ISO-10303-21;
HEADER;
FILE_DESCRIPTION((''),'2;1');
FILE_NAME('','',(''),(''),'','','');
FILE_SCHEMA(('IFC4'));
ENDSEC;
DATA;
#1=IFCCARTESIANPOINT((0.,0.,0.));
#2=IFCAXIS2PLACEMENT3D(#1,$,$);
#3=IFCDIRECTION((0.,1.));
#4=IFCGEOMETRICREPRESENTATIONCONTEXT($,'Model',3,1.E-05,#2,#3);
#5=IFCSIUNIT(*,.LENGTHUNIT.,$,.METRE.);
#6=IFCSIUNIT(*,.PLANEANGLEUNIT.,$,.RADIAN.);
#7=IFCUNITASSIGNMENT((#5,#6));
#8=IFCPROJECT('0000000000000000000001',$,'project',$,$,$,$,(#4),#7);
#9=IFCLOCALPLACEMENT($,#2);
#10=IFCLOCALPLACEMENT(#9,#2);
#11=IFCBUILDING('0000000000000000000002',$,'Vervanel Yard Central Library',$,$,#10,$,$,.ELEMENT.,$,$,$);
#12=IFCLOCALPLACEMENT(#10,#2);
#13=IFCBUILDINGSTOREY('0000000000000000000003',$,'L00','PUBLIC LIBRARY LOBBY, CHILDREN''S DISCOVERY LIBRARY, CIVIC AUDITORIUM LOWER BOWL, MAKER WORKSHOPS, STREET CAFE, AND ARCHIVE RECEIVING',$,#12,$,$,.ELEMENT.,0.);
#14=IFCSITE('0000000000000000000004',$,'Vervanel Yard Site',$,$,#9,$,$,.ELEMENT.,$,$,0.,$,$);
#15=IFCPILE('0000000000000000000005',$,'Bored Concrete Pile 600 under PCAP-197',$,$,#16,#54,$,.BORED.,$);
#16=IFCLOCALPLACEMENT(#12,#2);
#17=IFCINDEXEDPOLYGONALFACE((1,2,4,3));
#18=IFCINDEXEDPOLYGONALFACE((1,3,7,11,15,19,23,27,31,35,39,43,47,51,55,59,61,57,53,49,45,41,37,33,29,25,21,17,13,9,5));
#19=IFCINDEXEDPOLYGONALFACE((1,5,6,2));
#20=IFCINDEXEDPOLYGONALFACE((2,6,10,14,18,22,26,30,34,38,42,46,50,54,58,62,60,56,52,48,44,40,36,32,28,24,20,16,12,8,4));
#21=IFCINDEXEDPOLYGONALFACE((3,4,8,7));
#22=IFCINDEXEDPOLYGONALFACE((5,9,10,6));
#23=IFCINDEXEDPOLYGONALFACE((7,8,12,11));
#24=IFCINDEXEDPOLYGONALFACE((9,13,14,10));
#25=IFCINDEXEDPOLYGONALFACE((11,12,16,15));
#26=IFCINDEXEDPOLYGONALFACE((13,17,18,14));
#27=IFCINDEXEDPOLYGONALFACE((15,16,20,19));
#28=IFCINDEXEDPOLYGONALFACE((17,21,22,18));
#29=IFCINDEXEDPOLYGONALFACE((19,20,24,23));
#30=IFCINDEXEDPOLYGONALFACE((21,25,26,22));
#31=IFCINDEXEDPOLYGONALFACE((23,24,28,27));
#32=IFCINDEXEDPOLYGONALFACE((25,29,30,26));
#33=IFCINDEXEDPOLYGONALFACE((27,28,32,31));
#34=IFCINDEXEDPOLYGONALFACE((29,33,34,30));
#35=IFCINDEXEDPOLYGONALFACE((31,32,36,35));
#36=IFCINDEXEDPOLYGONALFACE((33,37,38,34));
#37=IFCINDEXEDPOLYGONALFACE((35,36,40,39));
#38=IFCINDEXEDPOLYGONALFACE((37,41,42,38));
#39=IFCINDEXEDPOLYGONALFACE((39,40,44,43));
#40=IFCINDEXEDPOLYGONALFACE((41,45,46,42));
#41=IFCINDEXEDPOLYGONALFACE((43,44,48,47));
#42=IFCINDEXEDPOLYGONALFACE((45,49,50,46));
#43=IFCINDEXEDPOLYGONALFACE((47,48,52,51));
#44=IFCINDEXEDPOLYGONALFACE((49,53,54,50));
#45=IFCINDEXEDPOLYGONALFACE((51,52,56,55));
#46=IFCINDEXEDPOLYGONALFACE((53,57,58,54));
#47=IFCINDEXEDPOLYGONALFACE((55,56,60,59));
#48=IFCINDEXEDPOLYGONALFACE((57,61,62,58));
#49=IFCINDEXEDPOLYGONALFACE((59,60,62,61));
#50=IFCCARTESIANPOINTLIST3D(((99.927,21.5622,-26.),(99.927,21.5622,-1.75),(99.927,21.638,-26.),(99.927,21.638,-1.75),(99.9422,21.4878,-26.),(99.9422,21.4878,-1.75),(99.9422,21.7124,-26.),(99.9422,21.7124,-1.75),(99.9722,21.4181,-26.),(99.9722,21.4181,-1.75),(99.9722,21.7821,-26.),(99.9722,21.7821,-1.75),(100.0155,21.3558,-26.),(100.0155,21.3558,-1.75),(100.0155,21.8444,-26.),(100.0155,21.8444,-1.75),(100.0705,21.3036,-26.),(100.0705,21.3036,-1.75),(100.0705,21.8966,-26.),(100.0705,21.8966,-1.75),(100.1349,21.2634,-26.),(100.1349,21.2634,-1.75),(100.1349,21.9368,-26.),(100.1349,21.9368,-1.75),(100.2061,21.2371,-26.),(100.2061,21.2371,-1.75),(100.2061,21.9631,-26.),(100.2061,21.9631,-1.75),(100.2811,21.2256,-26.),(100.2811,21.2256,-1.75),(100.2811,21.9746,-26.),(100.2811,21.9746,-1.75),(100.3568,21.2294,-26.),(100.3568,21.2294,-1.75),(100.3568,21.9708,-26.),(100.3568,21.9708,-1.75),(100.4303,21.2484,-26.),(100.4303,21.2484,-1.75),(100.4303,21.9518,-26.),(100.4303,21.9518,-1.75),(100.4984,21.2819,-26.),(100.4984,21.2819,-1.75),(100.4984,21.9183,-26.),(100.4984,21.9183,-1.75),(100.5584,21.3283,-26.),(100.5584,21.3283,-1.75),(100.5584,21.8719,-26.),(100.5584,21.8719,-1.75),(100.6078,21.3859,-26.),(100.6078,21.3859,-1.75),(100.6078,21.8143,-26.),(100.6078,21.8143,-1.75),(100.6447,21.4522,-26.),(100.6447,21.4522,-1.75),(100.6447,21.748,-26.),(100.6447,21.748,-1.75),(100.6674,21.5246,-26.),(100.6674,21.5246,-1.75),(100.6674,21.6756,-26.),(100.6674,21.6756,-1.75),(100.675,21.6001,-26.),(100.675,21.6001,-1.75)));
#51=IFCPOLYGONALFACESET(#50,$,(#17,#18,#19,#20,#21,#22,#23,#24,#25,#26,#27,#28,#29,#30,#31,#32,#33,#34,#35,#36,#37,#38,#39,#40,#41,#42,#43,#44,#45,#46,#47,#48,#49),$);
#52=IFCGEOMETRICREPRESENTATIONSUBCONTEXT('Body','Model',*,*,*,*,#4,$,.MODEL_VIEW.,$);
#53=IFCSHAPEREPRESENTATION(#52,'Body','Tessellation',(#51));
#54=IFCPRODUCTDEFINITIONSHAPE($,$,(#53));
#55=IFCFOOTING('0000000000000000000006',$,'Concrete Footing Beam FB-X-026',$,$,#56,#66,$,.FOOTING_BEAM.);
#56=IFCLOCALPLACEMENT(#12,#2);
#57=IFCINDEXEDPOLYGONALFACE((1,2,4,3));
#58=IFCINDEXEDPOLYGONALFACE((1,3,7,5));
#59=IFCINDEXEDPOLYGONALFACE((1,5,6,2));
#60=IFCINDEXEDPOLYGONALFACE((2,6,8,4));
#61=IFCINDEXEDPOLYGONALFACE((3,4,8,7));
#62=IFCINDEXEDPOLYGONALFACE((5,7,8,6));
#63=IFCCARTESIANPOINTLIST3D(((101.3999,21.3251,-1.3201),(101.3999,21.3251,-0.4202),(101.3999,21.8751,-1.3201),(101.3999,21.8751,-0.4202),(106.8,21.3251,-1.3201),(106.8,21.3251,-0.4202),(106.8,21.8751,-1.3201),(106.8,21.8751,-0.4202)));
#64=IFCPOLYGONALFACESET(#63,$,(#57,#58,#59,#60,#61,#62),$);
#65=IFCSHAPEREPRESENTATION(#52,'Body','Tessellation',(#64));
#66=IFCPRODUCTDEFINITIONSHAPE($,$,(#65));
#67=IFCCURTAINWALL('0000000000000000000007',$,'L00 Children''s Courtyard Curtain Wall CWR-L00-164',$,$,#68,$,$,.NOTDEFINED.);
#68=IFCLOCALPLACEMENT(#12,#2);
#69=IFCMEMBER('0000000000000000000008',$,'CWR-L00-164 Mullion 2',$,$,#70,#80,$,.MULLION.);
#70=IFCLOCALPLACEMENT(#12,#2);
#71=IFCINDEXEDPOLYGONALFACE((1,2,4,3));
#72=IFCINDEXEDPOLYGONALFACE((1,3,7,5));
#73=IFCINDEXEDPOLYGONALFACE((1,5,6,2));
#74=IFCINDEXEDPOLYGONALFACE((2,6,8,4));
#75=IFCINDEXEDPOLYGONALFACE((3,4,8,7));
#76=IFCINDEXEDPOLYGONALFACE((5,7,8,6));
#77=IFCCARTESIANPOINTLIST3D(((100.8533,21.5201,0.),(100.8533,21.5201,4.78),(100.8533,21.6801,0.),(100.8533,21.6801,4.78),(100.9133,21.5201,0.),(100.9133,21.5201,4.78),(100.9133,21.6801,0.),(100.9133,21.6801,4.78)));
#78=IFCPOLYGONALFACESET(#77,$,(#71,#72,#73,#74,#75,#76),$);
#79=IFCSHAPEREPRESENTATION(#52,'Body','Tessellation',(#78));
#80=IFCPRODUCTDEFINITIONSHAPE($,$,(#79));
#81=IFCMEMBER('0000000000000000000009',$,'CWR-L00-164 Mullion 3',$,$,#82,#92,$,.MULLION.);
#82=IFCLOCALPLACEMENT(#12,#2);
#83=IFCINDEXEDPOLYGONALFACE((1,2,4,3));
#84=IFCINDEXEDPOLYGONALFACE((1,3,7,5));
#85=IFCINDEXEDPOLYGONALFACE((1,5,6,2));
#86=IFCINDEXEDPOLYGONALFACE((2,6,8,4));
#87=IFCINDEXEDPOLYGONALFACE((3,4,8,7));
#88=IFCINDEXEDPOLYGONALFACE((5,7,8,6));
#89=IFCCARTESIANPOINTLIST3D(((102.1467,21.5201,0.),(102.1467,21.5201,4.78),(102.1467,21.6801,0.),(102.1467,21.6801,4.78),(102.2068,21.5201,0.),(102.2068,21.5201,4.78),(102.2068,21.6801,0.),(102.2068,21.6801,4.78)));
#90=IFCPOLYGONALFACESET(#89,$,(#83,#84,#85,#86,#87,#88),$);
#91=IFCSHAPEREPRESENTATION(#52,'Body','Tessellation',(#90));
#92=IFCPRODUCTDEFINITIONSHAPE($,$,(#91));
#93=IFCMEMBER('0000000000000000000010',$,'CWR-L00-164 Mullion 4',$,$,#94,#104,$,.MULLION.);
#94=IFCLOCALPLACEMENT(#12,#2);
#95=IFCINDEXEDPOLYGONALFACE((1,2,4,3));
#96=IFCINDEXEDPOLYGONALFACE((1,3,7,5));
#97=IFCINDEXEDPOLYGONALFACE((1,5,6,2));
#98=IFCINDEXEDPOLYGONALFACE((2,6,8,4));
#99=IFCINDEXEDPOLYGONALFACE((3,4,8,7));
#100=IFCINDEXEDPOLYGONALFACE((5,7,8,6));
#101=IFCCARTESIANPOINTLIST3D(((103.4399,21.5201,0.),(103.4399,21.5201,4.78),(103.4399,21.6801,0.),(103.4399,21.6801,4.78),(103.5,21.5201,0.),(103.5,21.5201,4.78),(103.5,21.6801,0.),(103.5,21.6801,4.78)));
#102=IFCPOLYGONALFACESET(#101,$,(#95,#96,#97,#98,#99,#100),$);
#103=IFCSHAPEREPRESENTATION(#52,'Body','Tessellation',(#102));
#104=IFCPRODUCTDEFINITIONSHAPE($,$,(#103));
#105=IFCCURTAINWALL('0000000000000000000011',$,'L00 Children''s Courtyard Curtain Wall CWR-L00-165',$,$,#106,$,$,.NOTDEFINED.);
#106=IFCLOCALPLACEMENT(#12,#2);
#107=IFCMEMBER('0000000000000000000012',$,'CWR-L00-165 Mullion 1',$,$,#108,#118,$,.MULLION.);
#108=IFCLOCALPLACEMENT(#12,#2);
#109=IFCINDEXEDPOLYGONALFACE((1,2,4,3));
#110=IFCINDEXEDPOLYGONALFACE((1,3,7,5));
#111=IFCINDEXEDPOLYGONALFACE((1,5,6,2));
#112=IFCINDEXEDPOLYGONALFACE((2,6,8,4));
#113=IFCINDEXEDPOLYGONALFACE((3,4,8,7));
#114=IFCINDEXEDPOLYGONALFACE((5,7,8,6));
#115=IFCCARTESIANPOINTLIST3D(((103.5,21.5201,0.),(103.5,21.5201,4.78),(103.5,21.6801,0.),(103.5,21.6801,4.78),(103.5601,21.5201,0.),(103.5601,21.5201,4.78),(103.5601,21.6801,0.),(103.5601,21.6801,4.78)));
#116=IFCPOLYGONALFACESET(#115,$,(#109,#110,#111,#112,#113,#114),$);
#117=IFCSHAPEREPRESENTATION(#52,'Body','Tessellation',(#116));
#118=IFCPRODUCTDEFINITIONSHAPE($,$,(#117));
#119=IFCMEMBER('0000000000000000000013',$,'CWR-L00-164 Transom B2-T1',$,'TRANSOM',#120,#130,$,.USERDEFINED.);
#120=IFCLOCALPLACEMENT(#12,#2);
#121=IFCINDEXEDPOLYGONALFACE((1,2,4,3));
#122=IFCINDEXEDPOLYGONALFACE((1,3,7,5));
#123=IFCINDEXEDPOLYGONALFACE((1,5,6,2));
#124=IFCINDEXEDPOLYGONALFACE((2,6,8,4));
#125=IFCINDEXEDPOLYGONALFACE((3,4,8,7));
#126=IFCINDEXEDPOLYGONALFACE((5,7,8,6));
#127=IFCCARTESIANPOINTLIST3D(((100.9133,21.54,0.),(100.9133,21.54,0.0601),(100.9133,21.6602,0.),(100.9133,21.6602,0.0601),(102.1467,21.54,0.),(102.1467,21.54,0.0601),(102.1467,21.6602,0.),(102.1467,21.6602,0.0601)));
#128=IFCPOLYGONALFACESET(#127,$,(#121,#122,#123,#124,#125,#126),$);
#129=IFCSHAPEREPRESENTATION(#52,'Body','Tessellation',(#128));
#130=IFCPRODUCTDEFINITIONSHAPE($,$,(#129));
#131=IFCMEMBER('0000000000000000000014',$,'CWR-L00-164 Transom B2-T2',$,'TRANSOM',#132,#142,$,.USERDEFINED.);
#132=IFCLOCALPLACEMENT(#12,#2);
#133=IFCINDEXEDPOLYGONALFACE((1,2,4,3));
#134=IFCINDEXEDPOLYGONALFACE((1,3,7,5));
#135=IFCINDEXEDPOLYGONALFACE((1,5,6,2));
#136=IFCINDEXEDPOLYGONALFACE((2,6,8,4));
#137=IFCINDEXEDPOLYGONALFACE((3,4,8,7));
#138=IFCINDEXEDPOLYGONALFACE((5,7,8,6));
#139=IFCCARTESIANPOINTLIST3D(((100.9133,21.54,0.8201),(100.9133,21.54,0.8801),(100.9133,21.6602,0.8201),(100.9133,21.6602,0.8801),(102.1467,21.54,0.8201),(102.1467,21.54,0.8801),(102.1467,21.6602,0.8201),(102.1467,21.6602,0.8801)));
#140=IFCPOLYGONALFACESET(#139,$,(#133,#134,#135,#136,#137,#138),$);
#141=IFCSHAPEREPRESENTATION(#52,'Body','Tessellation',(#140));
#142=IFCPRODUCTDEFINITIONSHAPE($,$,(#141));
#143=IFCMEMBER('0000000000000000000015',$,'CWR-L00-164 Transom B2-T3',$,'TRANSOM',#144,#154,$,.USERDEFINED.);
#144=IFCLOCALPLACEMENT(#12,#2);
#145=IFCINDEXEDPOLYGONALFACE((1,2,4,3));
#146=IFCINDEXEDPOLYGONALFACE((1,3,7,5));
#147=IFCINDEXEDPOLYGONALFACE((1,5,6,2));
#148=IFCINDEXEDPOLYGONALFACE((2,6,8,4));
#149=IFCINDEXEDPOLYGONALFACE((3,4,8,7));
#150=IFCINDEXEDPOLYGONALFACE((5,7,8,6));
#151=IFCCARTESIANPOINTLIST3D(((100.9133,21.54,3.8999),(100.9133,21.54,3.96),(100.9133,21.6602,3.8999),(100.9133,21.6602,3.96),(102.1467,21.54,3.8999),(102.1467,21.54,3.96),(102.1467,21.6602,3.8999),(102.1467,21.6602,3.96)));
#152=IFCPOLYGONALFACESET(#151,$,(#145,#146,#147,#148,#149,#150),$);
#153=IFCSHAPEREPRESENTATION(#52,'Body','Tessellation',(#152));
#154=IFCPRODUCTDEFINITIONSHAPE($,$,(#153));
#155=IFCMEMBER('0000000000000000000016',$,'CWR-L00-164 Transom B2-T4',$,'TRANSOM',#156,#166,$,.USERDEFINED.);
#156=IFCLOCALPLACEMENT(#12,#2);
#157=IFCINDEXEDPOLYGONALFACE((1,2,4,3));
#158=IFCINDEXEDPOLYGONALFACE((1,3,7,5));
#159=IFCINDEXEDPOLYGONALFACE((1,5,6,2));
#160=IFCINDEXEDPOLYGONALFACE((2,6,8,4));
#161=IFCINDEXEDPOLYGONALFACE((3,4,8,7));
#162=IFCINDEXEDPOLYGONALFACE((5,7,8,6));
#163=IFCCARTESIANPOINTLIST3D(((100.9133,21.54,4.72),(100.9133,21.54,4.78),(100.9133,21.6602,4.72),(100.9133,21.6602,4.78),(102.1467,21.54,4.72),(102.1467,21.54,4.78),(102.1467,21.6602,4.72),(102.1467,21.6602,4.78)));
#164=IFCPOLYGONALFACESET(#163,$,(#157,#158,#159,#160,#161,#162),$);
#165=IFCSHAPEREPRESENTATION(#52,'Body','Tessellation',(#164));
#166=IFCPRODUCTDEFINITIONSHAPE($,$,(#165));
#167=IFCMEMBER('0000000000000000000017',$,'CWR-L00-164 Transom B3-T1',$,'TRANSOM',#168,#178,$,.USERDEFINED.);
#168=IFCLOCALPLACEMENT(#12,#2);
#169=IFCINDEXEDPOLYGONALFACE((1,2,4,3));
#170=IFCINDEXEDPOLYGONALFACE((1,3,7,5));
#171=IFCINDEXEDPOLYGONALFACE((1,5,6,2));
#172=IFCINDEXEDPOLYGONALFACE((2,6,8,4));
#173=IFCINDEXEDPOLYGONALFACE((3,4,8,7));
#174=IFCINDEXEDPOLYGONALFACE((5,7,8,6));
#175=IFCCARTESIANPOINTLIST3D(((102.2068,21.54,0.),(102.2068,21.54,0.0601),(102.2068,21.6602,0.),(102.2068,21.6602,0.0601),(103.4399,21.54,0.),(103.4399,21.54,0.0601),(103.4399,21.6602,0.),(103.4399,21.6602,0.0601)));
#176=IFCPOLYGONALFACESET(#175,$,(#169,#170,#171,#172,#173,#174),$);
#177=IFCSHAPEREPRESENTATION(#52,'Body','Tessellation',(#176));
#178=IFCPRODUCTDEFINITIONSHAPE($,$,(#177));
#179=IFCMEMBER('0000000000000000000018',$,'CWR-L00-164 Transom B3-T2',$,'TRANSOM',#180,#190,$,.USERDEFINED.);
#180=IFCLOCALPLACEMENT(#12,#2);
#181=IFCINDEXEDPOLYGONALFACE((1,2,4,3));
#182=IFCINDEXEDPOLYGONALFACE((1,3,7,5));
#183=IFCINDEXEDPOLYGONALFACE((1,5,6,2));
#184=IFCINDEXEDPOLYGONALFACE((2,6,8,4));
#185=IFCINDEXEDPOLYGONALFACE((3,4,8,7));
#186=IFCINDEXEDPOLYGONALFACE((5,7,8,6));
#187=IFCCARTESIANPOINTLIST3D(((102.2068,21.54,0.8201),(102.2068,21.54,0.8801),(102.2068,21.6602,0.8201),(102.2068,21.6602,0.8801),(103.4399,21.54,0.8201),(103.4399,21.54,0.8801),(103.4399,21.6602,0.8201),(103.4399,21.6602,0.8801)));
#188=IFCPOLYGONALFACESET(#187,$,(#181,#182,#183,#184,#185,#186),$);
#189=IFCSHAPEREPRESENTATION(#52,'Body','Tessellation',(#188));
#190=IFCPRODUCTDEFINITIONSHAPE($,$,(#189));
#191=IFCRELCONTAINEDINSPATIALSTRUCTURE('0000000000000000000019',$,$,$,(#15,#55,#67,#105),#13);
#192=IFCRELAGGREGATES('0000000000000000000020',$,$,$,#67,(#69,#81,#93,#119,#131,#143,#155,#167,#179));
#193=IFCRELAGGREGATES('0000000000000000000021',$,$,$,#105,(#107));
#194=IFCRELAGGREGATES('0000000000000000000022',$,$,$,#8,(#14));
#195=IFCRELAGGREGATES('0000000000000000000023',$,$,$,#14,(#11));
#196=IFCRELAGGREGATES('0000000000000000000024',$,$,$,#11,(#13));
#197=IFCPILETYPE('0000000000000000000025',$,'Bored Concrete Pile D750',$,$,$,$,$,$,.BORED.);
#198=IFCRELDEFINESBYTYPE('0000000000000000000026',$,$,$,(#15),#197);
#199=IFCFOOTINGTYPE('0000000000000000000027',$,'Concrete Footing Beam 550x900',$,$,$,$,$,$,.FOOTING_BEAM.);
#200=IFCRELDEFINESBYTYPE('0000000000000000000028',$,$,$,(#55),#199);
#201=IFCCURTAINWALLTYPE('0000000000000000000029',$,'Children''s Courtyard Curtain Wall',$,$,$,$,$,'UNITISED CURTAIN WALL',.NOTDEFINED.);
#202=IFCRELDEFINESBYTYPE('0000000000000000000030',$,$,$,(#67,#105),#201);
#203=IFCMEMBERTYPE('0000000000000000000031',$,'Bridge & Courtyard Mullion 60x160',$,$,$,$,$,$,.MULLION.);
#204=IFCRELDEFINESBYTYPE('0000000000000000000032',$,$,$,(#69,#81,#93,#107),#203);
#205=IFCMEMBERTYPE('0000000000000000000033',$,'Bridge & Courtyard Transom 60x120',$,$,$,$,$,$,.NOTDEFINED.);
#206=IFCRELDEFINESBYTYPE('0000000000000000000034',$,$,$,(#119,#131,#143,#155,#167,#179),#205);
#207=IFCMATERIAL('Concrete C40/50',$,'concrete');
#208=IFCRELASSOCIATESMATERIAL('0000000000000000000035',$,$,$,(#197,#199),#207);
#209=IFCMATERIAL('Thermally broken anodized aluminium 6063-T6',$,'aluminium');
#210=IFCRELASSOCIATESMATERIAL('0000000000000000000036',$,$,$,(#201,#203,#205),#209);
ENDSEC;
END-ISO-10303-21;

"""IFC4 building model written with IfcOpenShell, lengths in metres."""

from ifc_helpers import new_model, si_unit, direction, frame, origin, origin_2d, place, context, subcontext, project, spatial, rectangle, circle, extrude, material, material_profile, profile_set, type_object, element, aggregate, save


model = new_model("IFC4")

# Units and contexts
model_context = context("Model", 3, precision=1e-05, world=origin(), true_north=direction((0.0, 1.0)))
body_context = subcontext(model_context, "Body", "Model", "MODEL_VIEW")
ifc_project = project(units=[si_unit("LENGTHUNIT", "METRE"), si_unit("PLANEANGLEUNIT", "RADIAN")], contexts=[model_context])

# Site, building, storey
site_placement = place(None, origin())
site = spatial("IfcSite", under=ifc_project, at=site_placement, Name="Vervanel Yard Site", CompositionType="ELEMENT", RefElevation=0.0)
building_placement = place(site_placement, origin())
building = spatial("IfcBuilding", under=site, at=building_placement, Name="Vervanel Yard Central Library", CompositionType="ELEMENT")
storey_placement = place(building_placement, origin())
storey = spatial("IfcBuildingStorey", under=building, at=storey_placement, Name="L00", Description="PUBLIC LIBRARY LOBBY, CHILDREN'S DISCOVERY LIBRARY, CIVIC AUDITORIUM LOWER BOWL, MAKER WORKSHOPS, STREET CAFE, AND ARCHIVE RECEIVING", CompositionType="ELEMENT", Elevation=0.0)

# Pile
ifc_material_1 = material(Name="Concrete C40/50", Category="concrete")
ifc_material_profile_1 = material_profile(ifc_material_1, circle(Radius=0.375, at=origin_2d()), Name="BP D750", Category="concrete")
ifc_profile_set_1 = profile_set([ifc_material_profile_1], Name="Concrete C40/50")
pile_type = type_object("IfcPileType", Name="Bored Concrete Pile D750", PredefinedType="BORED", material=ifc_profile_set_1)
pile_placement = place(storey_placement, frame((100.3, 21.6001, -1.75), z_axis=(0.0, 0.0, -1.0), x_axis=(1.0, 0.0, 0.0)))
element("IfcPile", 1, at=pile_placement, inside=storey, type_object=pile_type, Name="Bored Concrete Pile 600 under PCAP-197", PredefinedType="BORED", context=body_context, shape_type="SweptSolid", body=[
    extrude(circle(Radius=0.375, at=origin_2d()), origin(), (0.0, 0.0, 1.0), 24.25),
])

# Footing
ifc_material_profile_2 = material_profile(ifc_material_1, rectangle(XDim=0.55, YDim=0.8999, at=origin_2d()), Name="RC 550x900", Category="concrete")
ifc_profile_set_2 = profile_set([ifc_material_profile_2], Name="Concrete C40/50")
footing_type = type_object("IfcFootingType", Name="Concrete Footing Beam 550x900", PredefinedType="FOOTING_BEAM", material=ifc_profile_set_2)
footing_placement = place(storey_placement, frame((101.3999, 21.6001, -0.8701), z_axis=(1.0, 0.0, 0.0), x_axis=(0.0, 1.0, 0.0)))
element("IfcFooting", 2, at=footing_placement, inside=storey, type_object=footing_type, Name="Concrete Footing Beam FB-X-026", PredefinedType="FOOTING_BEAM", context=body_context, shape_type="SweptSolid", body=[
    extrude(rectangle(XDim=0.55, YDim=0.8999, at=origin_2d()), origin(), (0.0, 0.0, 1.0), 5.4001),
])

# Curtain wall, members
ifc_material_2 = material(Name="Thermally broken anodized aluminium 6063-T6", Category="aluminium")
curtain_wall_type = type_object("IfcCurtainWallType", Name="Children's Courtyard Curtain Wall", ElementType="UNITISED CURTAIN WALL", PredefinedType="NOTDEFINED", material=ifc_material_2)
curtain_wall_1_placement = place(storey_placement, origin())
curtain_wall_1 = element("IfcCurtainWall", 3, at=curtain_wall_1_placement, inside=storey, type_object=curtain_wall_type, Name="L00 Children's Courtyard Curtain Wall CWR-L00-164", PredefinedType="NOTDEFINED")
ifc_material_profile_3 = material_profile(ifc_material_2, rectangle(XDim=0.0601, YDim=0.1599, at=origin_2d()), Name="ALU 60x160", Category="aluminium")
ifc_profile_set_3 = profile_set([ifc_material_profile_3], Name="Thermally broken anodized aluminium 6063-T6")
member_type_1 = type_object("IfcMemberType", Name="Bridge & Courtyard Mullion 60x160", PredefinedType="MULLION", material=ifc_profile_set_3)
member_1_placement = place(storey_placement, frame((100.8833, 21.6001, 0.0), z_axis=(0.0, 0.0, 1.0), x_axis=(1.0, 0.0, 0.0)))
member_1 = element("IfcMember", 4, at=member_1_placement, type_object=member_type_1, Name="CWR-L00-164 Mullion 2", PredefinedType="MULLION", context=body_context, shape_type="SweptSolid", body=[
    extrude(rectangle(XDim=0.0601, YDim=0.1599, at=origin_2d()), origin(), (0.0, 0.0, 1.0), 4.78),
])
member_2_placement = place(storey_placement, frame((102.1768, 21.6001, 0.0), z_axis=(0.0, 0.0, 1.0), x_axis=(1.0, 0.0, 0.0)))
member_2 = element("IfcMember", 5, at=member_2_placement, type_object=member_type_1, Name="CWR-L00-164 Mullion 3", PredefinedType="MULLION", context=body_context, shape_type="SweptSolid", body=[
    extrude(rectangle(XDim=0.0601, YDim=0.1599, at=origin_2d()), origin(), (0.0, 0.0, 1.0), 4.78),
])
member_3_placement = place(storey_placement, frame((103.47, 21.6001, 0.0), z_axis=(0.0, 0.0, 1.0), x_axis=(1.0, 0.0, 0.0)))
member_3 = element("IfcMember", 6, at=member_3_placement, type_object=member_type_1, Name="CWR-L00-164 Mullion 4", PredefinedType="MULLION", context=body_context, shape_type="SweptSolid", body=[
    extrude(rectangle(XDim=0.0601, YDim=0.1599, at=origin_2d()), origin(), (0.0, 0.0, 1.0), 4.78),
])

# Curtain wall, member
curtain_wall_2_placement = place(storey_placement, origin())
curtain_wall_2 = element("IfcCurtainWall", 7, at=curtain_wall_2_placement, inside=storey, type_object=curtain_wall_type, Name="L00 Children's Courtyard Curtain Wall CWR-L00-165", PredefinedType="NOTDEFINED")
member_4_placement = place(storey_placement, frame((103.53, 21.6001, 0.0), z_axis=(0.0, 0.0, 1.0), x_axis=(1.0, 0.0, 0.0)))
member_4 = element("IfcMember", 8, at=member_4_placement, type_object=member_type_1, Name="CWR-L00-165 Mullion 1", PredefinedType="MULLION", context=body_context, shape_type="SweptSolid", body=[
    extrude(rectangle(XDim=0.0601, YDim=0.1599, at=origin_2d()), origin(), (0.0, 0.0, 1.0), 4.78),
])

# Members
ifc_material_profile_4 = material_profile(ifc_material_2, rectangle(XDim=0.0601, YDim=0.1201, at=origin_2d()), Name="ALU 60x120", Category="aluminium")
ifc_profile_set_4 = profile_set([ifc_material_profile_4], Name="Thermally broken anodized aluminium 6063-T6")
member_type_2 = type_object("IfcMemberType", Name="Bridge & Courtyard Transom 60x120", PredefinedType="NOTDEFINED", material=ifc_profile_set_4)
member_5_placement = place(storey_placement, frame((100.9133, 21.6001, 0.03), z_axis=(1.0, 0.0, 0.0), x_axis=(0.0, 0.0, 1.0)))
member_5 = element("IfcMember", 9, at=member_5_placement, type_object=member_type_2, Name="CWR-L00-164 Transom B2-T1", ObjectType="TRANSOM", PredefinedType="USERDEFINED", context=body_context, shape_type="SweptSolid", body=[
    extrude(rectangle(XDim=0.0601, YDim=0.1201, at=origin_2d()), origin(), (0.0, 0.0, 1.0), 1.2334),
])
member_6_placement = place(storey_placement, frame((100.9133, 21.6001, 0.8501), z_axis=(1.0, 0.0, 0.0), x_axis=(0.0, 0.0, 1.0)))
member_6 = element("IfcMember", 10, at=member_6_placement, type_object=member_type_2, Name="CWR-L00-164 Transom B2-T2", ObjectType="TRANSOM", PredefinedType="USERDEFINED", context=body_context, shape_type="SweptSolid", body=[
    extrude(rectangle(XDim=0.0601, YDim=0.1201, at=origin_2d()), origin(), (0.0, 0.0, 1.0), 1.2334),
])
member_7_placement = place(storey_placement, frame((100.9133, 21.6001, 3.9299), z_axis=(1.0, 0.0, 0.0), x_axis=(0.0, 0.0, 1.0)))
member_7 = element("IfcMember", 11, at=member_7_placement, type_object=member_type_2, Name="CWR-L00-164 Transom B2-T3", ObjectType="TRANSOM", PredefinedType="USERDEFINED", context=body_context, shape_type="SweptSolid", body=[
    extrude(rectangle(XDim=0.0601, YDim=0.1201, at=origin_2d()), origin(), (0.0, 0.0, 1.0), 1.2334),
])
member_8_placement = place(storey_placement, frame((100.9133, 21.6001, 4.75), z_axis=(1.0, 0.0, 0.0), x_axis=(0.0, 0.0, 1.0)))
member_8 = element("IfcMember", 12, at=member_8_placement, type_object=member_type_2, Name="CWR-L00-164 Transom B2-T4", ObjectType="TRANSOM", PredefinedType="USERDEFINED", context=body_context, shape_type="SweptSolid", body=[
    extrude(rectangle(XDim=0.0601, YDim=0.1201, at=origin_2d()), origin(), (0.0, 0.0, 1.0), 1.2334),
])
member_9_placement = place(storey_placement, frame((102.2068, 21.6001, 0.03), z_axis=(1.0, 0.0, 0.0), x_axis=(0.0, 0.0, 1.0)))
member_9 = element("IfcMember", 13, at=member_9_placement, type_object=member_type_2, Name="CWR-L00-164 Transom B3-T1", ObjectType="TRANSOM", PredefinedType="USERDEFINED", context=body_context, shape_type="SweptSolid", body=[
    extrude(rectangle(XDim=0.0601, YDim=0.1201, at=origin_2d()), origin(), (0.0, 0.0, 1.0), 1.2332),
])
member_10_placement = place(storey_placement, frame((102.2068, 21.6001, 0.8501), z_axis=(1.0, 0.0, 0.0), x_axis=(0.0, 0.0, 1.0)))
member_10 = element("IfcMember", 14, at=member_10_placement, type_object=member_type_2, Name="CWR-L00-164 Transom B3-T2", ObjectType="TRANSOM", PredefinedType="USERDEFINED", context=body_context, shape_type="SweptSolid", body=[
    extrude(rectangle(XDim=0.0601, YDim=0.1201, at=origin_2d()), origin(), (0.0, 0.0, 1.0), 1.2332),
])

aggregate(curtain_wall_1, [member_1, member_2, member_3, member_5, member_6, member_7, member_8, member_9, member_10])
aggregate(curtain_wall_2, [member_4])

save(model, "model.ifc")
